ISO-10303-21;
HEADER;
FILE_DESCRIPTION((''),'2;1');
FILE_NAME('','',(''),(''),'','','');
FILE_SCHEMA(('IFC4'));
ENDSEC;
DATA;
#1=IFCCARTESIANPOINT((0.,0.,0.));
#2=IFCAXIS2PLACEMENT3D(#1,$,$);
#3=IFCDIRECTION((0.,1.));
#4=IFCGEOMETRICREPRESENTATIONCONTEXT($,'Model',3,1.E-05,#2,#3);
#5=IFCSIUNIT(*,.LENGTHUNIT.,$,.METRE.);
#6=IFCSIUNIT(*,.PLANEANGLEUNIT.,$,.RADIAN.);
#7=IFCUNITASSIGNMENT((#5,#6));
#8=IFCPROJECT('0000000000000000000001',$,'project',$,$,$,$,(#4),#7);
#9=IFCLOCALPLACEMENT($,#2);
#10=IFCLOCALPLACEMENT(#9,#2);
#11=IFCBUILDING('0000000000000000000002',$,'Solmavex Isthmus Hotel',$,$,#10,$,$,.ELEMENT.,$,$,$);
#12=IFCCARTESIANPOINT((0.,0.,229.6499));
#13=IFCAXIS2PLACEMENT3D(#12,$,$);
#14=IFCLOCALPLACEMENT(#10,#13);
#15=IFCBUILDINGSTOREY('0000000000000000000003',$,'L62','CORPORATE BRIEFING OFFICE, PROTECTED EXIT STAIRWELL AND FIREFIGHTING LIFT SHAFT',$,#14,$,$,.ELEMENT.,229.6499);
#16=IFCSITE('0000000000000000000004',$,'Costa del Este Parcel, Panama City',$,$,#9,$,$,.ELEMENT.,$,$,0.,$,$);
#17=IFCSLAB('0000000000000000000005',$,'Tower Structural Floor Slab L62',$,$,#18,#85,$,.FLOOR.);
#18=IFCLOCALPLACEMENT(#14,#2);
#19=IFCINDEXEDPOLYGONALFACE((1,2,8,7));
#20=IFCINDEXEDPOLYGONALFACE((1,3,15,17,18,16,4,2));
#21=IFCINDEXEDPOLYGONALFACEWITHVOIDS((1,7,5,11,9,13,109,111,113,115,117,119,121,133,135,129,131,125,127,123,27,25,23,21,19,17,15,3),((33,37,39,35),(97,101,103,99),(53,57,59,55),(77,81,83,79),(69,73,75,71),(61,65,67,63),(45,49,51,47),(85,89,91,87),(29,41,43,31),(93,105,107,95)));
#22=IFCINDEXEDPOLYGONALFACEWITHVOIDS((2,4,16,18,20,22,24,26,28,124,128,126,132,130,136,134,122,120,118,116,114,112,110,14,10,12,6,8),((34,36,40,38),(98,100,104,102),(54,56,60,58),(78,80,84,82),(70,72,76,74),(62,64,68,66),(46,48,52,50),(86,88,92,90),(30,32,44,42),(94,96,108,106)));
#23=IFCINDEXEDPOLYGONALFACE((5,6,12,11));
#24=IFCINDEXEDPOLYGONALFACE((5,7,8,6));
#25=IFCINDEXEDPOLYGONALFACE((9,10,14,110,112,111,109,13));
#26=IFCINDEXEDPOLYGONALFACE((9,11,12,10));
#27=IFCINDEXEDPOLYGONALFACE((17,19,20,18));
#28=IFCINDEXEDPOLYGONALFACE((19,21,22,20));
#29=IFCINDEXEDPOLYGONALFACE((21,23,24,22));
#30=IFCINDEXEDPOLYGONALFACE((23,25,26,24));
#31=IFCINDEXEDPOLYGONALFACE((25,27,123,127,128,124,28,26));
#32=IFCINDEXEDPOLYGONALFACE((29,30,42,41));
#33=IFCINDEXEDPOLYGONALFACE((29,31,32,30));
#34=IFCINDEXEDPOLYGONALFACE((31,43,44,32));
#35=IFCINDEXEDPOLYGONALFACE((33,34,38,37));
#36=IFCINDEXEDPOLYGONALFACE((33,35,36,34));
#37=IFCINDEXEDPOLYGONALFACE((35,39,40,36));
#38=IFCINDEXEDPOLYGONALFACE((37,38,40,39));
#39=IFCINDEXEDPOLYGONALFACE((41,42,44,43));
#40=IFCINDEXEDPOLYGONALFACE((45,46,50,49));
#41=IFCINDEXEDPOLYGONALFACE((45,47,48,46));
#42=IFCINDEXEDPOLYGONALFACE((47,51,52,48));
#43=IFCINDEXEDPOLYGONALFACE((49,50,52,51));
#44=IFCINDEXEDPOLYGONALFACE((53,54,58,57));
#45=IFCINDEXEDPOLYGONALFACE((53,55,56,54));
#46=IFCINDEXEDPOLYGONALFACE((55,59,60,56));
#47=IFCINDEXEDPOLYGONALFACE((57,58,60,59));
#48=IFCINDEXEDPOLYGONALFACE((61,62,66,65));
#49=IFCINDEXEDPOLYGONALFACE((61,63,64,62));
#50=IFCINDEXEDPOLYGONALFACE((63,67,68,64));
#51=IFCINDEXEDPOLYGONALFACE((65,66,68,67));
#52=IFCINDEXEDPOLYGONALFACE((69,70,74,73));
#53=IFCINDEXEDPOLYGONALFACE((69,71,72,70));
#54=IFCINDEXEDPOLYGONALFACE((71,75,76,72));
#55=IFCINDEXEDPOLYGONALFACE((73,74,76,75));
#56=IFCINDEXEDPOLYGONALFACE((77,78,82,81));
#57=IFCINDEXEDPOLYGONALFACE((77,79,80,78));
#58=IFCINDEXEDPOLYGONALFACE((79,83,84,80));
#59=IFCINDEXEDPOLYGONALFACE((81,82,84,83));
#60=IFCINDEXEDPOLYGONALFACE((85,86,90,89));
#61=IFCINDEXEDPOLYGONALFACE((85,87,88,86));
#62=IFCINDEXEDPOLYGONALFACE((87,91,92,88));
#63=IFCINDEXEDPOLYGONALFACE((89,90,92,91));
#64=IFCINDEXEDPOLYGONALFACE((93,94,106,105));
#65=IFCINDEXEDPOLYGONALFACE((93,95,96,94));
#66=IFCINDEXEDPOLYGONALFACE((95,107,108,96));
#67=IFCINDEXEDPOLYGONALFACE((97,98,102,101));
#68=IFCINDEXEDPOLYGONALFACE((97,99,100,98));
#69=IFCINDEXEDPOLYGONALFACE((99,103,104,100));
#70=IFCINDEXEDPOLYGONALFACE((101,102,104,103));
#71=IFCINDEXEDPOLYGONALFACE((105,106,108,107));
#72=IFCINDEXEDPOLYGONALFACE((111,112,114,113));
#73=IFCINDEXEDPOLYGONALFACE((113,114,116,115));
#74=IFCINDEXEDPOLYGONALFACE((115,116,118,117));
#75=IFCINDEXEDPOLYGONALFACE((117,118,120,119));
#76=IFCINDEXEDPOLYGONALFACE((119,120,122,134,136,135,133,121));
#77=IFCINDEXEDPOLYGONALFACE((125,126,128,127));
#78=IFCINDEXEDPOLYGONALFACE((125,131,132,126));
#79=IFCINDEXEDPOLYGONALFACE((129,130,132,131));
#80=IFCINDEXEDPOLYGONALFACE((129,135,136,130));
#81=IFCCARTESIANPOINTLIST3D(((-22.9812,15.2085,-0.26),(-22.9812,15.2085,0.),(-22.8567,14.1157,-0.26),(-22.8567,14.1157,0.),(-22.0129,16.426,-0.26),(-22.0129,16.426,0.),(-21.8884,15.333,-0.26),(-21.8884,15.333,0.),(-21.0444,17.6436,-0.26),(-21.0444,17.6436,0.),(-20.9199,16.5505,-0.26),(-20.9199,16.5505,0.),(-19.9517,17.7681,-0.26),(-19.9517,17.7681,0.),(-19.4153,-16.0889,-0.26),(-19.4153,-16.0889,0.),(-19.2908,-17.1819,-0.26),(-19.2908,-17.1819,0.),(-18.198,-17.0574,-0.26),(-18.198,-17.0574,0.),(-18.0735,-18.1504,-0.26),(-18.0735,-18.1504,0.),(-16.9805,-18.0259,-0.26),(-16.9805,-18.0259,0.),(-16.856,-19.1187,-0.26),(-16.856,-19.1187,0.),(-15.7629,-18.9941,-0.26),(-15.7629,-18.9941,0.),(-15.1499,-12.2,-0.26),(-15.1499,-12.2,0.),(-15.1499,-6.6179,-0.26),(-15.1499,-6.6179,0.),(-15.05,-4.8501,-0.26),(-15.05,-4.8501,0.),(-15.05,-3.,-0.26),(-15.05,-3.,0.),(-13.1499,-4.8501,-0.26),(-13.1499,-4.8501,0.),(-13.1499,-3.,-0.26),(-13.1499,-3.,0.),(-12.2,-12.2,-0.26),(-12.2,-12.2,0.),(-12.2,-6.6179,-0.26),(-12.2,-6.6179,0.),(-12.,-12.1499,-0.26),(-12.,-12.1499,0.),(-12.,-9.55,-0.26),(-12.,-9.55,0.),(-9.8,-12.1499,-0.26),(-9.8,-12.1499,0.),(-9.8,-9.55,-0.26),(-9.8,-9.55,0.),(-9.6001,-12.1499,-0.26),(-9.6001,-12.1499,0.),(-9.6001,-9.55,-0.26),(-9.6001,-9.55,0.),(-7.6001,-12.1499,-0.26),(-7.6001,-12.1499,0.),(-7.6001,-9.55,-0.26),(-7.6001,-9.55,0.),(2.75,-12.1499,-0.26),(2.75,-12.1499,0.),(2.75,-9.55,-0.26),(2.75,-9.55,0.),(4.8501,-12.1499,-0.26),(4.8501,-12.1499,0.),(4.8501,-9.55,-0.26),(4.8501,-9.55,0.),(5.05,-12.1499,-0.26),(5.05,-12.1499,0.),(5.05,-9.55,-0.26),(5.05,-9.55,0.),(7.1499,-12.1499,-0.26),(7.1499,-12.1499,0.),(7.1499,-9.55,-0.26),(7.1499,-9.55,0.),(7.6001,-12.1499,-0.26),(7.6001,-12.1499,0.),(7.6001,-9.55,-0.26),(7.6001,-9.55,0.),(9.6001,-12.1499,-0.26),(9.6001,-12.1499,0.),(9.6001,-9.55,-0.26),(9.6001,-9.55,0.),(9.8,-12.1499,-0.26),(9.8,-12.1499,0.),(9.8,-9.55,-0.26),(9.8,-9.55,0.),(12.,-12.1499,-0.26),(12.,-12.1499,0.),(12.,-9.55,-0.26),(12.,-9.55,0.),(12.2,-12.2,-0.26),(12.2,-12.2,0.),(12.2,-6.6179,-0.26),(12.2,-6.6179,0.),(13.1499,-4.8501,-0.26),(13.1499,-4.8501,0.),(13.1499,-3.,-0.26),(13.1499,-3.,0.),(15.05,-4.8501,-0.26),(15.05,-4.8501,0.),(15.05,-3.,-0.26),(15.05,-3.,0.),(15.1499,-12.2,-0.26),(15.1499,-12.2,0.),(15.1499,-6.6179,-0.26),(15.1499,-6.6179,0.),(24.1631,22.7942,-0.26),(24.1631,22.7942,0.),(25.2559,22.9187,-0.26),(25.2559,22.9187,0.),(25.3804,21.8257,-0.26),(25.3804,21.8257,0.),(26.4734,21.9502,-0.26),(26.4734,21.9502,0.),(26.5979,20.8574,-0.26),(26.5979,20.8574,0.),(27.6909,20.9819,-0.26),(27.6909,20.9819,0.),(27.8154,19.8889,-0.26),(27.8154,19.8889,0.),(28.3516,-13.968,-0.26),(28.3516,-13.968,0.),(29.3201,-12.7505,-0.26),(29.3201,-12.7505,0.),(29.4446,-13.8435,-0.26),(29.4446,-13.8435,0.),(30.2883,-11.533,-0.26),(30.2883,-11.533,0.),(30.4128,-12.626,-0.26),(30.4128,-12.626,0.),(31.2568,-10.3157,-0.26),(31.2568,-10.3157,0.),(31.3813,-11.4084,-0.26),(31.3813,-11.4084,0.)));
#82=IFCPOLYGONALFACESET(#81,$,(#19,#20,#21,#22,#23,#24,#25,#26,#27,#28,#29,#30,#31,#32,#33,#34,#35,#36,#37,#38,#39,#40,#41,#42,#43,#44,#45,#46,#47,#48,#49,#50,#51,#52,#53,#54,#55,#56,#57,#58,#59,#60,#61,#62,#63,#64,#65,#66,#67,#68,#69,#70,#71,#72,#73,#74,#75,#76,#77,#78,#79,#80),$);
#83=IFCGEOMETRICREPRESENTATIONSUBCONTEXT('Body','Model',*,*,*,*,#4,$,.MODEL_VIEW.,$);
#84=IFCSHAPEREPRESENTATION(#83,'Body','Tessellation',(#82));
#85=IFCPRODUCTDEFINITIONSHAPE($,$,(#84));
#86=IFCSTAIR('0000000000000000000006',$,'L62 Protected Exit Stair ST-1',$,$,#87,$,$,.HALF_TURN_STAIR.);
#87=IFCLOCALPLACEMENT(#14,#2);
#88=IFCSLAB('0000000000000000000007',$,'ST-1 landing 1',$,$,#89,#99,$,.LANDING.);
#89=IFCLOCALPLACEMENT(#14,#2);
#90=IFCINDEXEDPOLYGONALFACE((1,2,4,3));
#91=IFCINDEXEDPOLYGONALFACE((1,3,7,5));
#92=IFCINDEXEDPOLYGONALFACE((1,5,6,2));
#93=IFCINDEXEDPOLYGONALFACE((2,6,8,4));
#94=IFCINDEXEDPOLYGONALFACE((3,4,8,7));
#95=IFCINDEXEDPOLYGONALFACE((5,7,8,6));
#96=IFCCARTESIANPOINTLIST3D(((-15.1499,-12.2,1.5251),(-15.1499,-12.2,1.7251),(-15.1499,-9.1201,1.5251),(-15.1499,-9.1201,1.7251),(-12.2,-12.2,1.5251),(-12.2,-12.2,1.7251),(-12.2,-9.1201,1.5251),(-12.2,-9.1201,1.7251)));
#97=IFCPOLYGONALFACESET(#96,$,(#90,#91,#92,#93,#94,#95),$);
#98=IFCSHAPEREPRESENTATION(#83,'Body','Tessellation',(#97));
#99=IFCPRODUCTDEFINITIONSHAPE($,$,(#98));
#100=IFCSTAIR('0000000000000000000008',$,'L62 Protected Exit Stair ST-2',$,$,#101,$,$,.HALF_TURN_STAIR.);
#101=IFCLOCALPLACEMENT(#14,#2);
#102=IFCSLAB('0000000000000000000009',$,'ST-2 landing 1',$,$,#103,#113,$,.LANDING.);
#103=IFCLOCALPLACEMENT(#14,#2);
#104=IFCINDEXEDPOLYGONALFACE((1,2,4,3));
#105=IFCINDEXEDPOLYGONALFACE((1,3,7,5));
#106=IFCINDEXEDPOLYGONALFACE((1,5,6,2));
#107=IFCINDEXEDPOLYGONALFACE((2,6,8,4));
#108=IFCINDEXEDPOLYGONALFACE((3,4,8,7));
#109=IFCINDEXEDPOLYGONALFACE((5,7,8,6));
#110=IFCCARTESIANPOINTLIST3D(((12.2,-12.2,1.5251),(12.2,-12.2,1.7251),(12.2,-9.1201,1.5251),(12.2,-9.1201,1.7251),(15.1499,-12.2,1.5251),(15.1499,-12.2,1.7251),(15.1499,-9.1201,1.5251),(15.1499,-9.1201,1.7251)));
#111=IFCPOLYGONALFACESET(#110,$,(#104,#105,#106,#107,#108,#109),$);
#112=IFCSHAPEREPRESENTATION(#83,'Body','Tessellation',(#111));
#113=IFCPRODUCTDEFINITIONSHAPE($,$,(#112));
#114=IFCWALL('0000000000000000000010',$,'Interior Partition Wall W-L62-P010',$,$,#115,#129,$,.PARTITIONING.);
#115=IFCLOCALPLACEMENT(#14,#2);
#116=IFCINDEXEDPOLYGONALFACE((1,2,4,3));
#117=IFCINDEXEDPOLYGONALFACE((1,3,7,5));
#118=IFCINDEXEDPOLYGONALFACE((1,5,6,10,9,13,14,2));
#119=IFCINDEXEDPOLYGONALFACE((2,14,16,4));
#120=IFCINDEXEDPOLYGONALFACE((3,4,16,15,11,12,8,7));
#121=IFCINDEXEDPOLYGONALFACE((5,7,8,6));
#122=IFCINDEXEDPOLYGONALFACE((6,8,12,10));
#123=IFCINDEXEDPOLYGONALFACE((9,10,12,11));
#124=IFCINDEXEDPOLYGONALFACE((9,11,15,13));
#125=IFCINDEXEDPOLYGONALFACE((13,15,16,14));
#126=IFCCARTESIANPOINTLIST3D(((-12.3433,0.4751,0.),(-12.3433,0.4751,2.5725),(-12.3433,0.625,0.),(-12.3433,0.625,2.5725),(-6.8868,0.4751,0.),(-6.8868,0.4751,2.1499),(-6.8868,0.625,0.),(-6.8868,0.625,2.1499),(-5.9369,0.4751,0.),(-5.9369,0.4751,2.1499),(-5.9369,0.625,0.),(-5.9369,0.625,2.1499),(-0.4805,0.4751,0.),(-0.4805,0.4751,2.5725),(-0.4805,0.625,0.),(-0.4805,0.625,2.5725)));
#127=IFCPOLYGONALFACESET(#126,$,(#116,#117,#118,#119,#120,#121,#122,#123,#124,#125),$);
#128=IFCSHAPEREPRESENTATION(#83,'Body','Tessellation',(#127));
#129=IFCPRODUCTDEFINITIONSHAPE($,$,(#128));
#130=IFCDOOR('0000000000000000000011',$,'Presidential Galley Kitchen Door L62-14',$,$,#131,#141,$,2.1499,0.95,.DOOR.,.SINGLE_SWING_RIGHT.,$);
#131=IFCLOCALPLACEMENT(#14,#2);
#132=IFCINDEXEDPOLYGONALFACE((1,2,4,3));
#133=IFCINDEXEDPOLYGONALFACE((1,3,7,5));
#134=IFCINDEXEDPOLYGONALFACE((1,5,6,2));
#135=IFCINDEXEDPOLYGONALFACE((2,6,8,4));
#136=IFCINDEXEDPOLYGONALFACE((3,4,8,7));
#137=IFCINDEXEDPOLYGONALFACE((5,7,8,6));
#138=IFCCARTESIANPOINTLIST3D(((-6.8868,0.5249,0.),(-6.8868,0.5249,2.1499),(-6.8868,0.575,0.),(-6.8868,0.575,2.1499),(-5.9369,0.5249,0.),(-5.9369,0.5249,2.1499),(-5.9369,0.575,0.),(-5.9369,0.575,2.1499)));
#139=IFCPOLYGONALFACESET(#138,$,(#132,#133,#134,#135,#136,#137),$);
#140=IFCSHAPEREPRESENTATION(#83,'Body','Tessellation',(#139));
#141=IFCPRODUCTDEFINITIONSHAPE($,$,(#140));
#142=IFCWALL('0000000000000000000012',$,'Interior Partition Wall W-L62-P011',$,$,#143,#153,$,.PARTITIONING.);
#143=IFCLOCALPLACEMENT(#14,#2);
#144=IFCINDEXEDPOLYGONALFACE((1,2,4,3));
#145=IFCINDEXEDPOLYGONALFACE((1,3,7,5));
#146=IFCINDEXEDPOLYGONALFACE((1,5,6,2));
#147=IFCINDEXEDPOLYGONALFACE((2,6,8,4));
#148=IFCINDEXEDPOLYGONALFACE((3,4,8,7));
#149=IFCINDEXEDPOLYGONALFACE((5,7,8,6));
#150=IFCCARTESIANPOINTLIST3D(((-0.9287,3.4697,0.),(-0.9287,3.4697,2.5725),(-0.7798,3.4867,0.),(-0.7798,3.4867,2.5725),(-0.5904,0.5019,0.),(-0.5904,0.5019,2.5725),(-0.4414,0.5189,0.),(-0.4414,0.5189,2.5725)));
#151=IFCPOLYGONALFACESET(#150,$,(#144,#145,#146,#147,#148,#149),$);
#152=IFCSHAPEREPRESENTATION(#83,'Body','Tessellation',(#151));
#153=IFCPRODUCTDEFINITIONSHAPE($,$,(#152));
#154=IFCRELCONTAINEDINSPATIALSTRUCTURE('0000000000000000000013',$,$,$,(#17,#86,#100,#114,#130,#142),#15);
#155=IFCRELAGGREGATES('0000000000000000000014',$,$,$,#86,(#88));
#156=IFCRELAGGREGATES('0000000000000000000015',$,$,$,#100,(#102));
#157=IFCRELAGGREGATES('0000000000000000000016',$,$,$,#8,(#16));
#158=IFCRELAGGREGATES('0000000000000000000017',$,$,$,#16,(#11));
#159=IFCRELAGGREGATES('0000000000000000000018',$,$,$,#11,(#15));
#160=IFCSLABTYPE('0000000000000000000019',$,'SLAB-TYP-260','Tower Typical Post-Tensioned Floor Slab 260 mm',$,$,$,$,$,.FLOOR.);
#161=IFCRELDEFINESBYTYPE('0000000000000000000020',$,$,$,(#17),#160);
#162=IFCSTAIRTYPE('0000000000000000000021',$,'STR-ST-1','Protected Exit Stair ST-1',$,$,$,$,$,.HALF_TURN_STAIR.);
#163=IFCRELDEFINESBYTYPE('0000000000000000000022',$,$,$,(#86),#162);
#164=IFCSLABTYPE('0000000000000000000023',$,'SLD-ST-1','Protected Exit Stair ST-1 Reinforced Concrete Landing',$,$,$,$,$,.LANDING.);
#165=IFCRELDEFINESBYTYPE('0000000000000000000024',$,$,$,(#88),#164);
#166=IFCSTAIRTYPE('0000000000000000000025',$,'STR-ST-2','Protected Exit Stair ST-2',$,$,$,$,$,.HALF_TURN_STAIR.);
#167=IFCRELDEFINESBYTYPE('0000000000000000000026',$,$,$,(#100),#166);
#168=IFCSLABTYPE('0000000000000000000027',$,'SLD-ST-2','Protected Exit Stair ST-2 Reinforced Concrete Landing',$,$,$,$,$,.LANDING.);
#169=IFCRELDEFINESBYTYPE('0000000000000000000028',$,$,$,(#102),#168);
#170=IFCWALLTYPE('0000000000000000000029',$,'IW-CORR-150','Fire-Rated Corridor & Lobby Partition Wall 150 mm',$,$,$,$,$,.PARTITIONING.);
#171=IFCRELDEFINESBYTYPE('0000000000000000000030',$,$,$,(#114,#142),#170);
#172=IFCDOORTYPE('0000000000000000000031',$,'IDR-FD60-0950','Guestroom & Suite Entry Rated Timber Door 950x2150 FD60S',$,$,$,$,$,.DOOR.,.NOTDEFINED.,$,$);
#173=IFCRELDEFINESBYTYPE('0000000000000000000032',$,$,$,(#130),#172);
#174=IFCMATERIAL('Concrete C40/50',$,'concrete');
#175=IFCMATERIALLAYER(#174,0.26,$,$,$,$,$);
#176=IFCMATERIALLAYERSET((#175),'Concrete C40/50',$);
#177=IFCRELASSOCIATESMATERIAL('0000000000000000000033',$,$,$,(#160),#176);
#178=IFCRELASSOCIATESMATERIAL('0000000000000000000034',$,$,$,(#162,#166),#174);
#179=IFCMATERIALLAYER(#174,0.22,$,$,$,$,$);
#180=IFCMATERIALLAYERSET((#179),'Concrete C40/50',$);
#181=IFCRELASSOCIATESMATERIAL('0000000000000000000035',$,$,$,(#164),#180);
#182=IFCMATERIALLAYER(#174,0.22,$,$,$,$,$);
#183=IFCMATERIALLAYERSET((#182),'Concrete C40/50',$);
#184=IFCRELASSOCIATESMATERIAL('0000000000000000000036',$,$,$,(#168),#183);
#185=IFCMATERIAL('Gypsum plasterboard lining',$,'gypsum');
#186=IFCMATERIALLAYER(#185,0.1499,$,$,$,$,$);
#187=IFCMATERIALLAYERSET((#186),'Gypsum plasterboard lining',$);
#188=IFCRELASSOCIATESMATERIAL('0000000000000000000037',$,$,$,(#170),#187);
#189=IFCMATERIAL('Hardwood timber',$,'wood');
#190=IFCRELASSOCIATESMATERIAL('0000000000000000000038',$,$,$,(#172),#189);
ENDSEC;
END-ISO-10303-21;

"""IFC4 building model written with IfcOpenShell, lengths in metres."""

from ifc_helpers import new_model, si_unit, direction, frame, frame_2d, origin, place, context, subcontext, project, spatial, polyline, rectangle, outline, extrude, material, layer, layer_set, type_object, element, fill, aggregate, save


model = new_model("IFC4")

# Units and contexts
model_context = context("Model", 3, precision=1e-05, world=origin(), true_north=direction((0.0, 1.0)))
body_context = subcontext(model_context, "Body", "Model", "MODEL_VIEW")
ifc_project = project(units=[si_unit("LENGTHUNIT", "METRE"), si_unit("PLANEANGLEUNIT", "RADIAN")], contexts=[model_context])

# Site, building, storey
site_placement = place(None, origin())
site = spatial("IfcSite", under=ifc_project, at=site_placement, Name="Costa del Este Parcel, Panama City", CompositionType="ELEMENT", RefElevation=0.0)
building_placement = place(site_placement, origin())
building = spatial("IfcBuilding", under=site, at=building_placement, Name="Solmavex Isthmus Hotel", CompositionType="ELEMENT")
storey_placement = place(building_placement, frame((0.0, 0.0, 229.6499)))
storey = spatial("IfcBuildingStorey", under=building, at=storey_placement, Name="L62", Description="CORPORATE BRIEFING OFFICE, PROTECTED EXIT STAIRWELL AND FIREFIGHTING LIFT SHAFT", CompositionType="ELEMENT", Elevation=229.6499)

# Slab
ifc_material_1 = material(Name="Concrete C40/50", Category="concrete")
ifc_layer_1 = layer(ifc_material_1, 0.26)
ifc_layer_set_1 = layer_set([ifc_layer_1], Name="Concrete C40/50")
slab_type_1 = type_object("IfcSlabType", Name="SLAB-TYP-260", Description="Tower Typical Post-Tensioned Floor Slab 260 mm", PredefinedType="FLOOR", material=ifc_layer_set_1)
slab_1_placement = place(storey_placement, frame((0.0, 0.0, -0.26)))
element("IfcSlab", 1, at=slab_1_placement, inside=storey, type_object=slab_type_1, Name="Tower Structural Floor Slab L62", PredefinedType="FLOOR", context=body_context, shape_type="SweptSolid", body=[
    extrude(outline(polyline([(-15.7629, -18.9941), (28.3516, -13.968), (29.4446, -13.8435), (29.3201, -12.7505), (30.4128, -12.626), (30.2883, -11.533), (31.3813, -11.4084), (31.2568, -10.3157), (27.8154, 19.8889), (27.6909, 20.9819), (26.5979, 20.8574), (26.4734, 21.9502), (25.3804, 21.8257), (25.2559, 22.9187), (24.1631, 22.7942), (-19.9517, 17.7681), (-21.0444, 17.6436), (-20.9199, 16.5505), (-22.0129, 16.426), (-21.8884, 15.333), (-22.9812, 15.2085), (-22.8567, 14.1157), (-19.4153, -16.0889), (-19.2908, -17.1819), (-18.198, -17.0574), (-18.0735, -18.1504), (-16.9805, -18.0259), (-16.856, -19.1187), (-15.7629, -18.9941)]), holes=[polyline([(-15.1499, -6.6179), (-15.1499, -12.2), (-12.2, -12.2), (-12.2, -6.6179), (-15.1499, -6.6179)]), polyline([(12.2, -6.6179), (12.2, -12.2), (15.1499, -12.2), (15.1499, -6.6179), (12.2, -6.6179)]), polyline([(-12.0, -12.1499), (-9.8, -12.1499), (-9.8, -9.55), (-12.0, -9.55), (-12.0, -12.1499)]), polyline([(9.8, -12.1499), (12.0, -12.1499), (12.0, -9.55), (9.8, -9.55), (9.8, -12.1499)]), polyline([(-9.6001, -12.1499), (-7.6001, -12.1499), (-7.6001, -9.55), (-9.6001, -9.55), (-9.6001, -12.1499)]), polyline([(7.6001, -12.1499), (9.6001, -12.1499), (9.6001, -9.55), (7.6001, -9.55), (7.6001, -12.1499)]), polyline([(2.75, -12.1499), (4.8501, -12.1499), (4.8501, -9.55), (2.75, -9.55), (2.75, -12.1499)]), polyline([(5.05, -12.1499), (7.1499, -12.1499), (7.1499, -9.55), (5.05, -9.55), (5.05, -12.1499)]), polyline([(-15.05, -4.8501), (-13.1499, -4.8501), (-13.1499, -3.0), (-15.05, -3.0), (-15.05, -4.8501)]), polyline([(13.1499, -4.8501), (15.05, -4.8501), (15.05, -3.0), (13.1499, -3.0), (13.1499, -4.8501)])]), origin(), (0.0, 0.0, 1.0), 0.26),
])

# Stairs, slabs
stair_type_1 = type_object("IfcStairType", Name="STR-ST-1", Description="Protected Exit Stair ST-1", PredefinedType="HALF_TURN_STAIR", material=ifc_material_1)
stair_1_placement = place(storey_placement, origin())
stair_1 = element("IfcStair", 2, at=stair_1_placement, inside=storey, type_object=stair_type_1, Name="L62 Protected Exit Stair ST-1", PredefinedType="HALF_TURN_STAIR")
ifc_layer_2 = layer(ifc_material_1, 0.22)
ifc_layer_set_2 = layer_set([ifc_layer_2], Name="Concrete C40/50")
slab_type_2 = type_object("IfcSlabType", Name="SLD-ST-1", Description="Protected Exit Stair ST-1 Reinforced Concrete Landing", PredefinedType="LANDING", material=ifc_layer_set_2)
slab_2_placement = place(storey_placement, frame((0.0, 0.0, 1.5251)))
slab_2 = element("IfcSlab", 3, at=slab_2_placement, type_object=slab_type_2, Name="ST-1 landing 1", PredefinedType="LANDING", context=body_context, shape_type="SweptSolid", body=[
    extrude(outline(polyline([(-15.1499, -9.1201), (-15.1499, -12.2), (-12.2, -12.2), (-12.2, -9.1201), (-15.1499, -9.1201)])), origin(), (0.0, 0.0, 1.0), 0.2),
])
aggregate(stair_1, [slab_2])
stair_type_2 = type_object("IfcStairType", Name="STR-ST-2", Description="Protected Exit Stair ST-2", PredefinedType="HALF_TURN_STAIR", material=ifc_material_1)
stair_2_placement = place(storey_placement, origin())
stair_2 = element("IfcStair", 4, at=stair_2_placement, inside=storey, type_object=stair_type_2, Name="L62 Protected Exit Stair ST-2", PredefinedType="HALF_TURN_STAIR")
ifc_layer_3 = layer(ifc_material_1, 0.22)
ifc_layer_set_3 = layer_set([ifc_layer_3], Name="Concrete C40/50")
slab_type_3 = type_object("IfcSlabType", Name="SLD-ST-2", Description="Protected Exit Stair ST-2 Reinforced Concrete Landing", PredefinedType="LANDING", material=ifc_layer_set_3)
slab_3_placement = place(storey_placement, frame((0.0, 0.0, 1.5251)))
slab_3 = element("IfcSlab", 5, at=slab_3_placement, type_object=slab_type_3, Name="ST-2 landing 1", PredefinedType="LANDING", context=body_context, shape_type="SweptSolid", body=[
    extrude(outline(polyline([(12.2, -9.1201), (12.2, -12.2), (15.1499, -12.2), (15.1499, -9.1201), (12.2, -9.1201)])), origin(), (0.0, 0.0, 1.0), 0.2),
])
aggregate(stair_2, [slab_3])

# Wall, opening, door
ifc_material_2 = material(Name="Gypsum plasterboard lining", Category="gypsum")
ifc_layer_4 = layer(ifc_material_2, 0.1499)
ifc_layer_set_4 = layer_set([ifc_layer_4], Name="Gypsum plasterboard lining")
wall_type = type_object("IfcWallType", Name="IW-CORR-150", Description="Fire-Rated Corridor & Lobby Partition Wall 150 mm", PredefinedType="PARTITIONING", material=ifc_layer_set_4)
wall_1_placement = place(storey_placement, frame((-12.3433, 0.55, 0.0), z_axis=(0.0, 0.0, 1.0), x_axis=(1.0, 0.0, 0.0)))
wall_1 = element("IfcWall", 6, at=wall_1_placement, inside=storey, type_object=wall_type, Name="Interior Partition Wall W-L62-P010", PredefinedType="PARTITIONING", context=body_context, shape_type="SweptSolid", body=[
    extrude(rectangle(XDim=11.8628, YDim=0.1499, at=frame_2d((5.9314, 0.0))), origin(), (0.0, 0.0, 1.0), 2.5725),
])
opening_placement = place(wall_1_placement, frame((5.4563, 0.0, 0.0)))
opening = element("IfcOpeningElement", 7, at=opening_placement, cuts=wall_1, PredefinedType="OPENING", context=body_context, shape_type="SweptSolid", body=[
    extrude(rectangle(XDim=0.95, YDim=2.1499, at=frame_2d((0.4751, 1.075))), frame((0.0, 0.085, 0.0), z_axis=(0.0, -1.0, 0.0), x_axis=(1.0, 0.0, 0.0)), (0.0, 0.0, 1.0), 0.1699),
])
ifc_material_3 = material(Name="Hardwood timber", Category="wood")
door_type = type_object("IfcDoorType", Name="IDR-FD60-0950", Description="Guestroom & Suite Entry Rated Timber Door 950x2150 FD60S", OperationType="NOTDEFINED", PredefinedType="DOOR", material=ifc_material_3)
door_placement = place(opening_placement, origin())
door = element("IfcDoor", 8, at=door_placement, inside=storey, type_object=door_type, Name="Presidential Galley Kitchen Door L62-14", OperationType="SINGLE_SWING_RIGHT", OverallHeight=2.1499, OverallWidth=0.95, PredefinedType="DOOR", context=body_context, shape_type="SweptSolid", body=[
    extrude(rectangle(XDim=0.95, YDim=2.1499, at=frame_2d((0.4751, 1.075))), frame((0.0, 0.0249, 0.0), z_axis=(0.0, -1.0, 0.0), x_axis=(1.0, 0.0, 0.0)), (0.0, 0.0, 1.0), 0.05),
])
fill(opening, door)

# Wall
wall_2_placement = place(storey_placement, frame((-0.5159, 0.5103, 0.0), z_axis=(0.0, 0.0, 1.0), x_axis=(-0.113284, 0.993563, 0.0)))
element("IfcWall", 9, at=wall_2_placement, inside=storey, type_object=wall_type, Name="Interior Partition Wall W-L62-P011", PredefinedType="PARTITIONING", context=body_context, shape_type="SweptSolid", body=[
    extrude(rectangle(XDim=2.9871, YDim=0.1499, at=frame_2d((1.4937, 0.0))), origin(), (0.0, 0.0, 1.0), 2.5725),
])

save(model, "model.ifc")
